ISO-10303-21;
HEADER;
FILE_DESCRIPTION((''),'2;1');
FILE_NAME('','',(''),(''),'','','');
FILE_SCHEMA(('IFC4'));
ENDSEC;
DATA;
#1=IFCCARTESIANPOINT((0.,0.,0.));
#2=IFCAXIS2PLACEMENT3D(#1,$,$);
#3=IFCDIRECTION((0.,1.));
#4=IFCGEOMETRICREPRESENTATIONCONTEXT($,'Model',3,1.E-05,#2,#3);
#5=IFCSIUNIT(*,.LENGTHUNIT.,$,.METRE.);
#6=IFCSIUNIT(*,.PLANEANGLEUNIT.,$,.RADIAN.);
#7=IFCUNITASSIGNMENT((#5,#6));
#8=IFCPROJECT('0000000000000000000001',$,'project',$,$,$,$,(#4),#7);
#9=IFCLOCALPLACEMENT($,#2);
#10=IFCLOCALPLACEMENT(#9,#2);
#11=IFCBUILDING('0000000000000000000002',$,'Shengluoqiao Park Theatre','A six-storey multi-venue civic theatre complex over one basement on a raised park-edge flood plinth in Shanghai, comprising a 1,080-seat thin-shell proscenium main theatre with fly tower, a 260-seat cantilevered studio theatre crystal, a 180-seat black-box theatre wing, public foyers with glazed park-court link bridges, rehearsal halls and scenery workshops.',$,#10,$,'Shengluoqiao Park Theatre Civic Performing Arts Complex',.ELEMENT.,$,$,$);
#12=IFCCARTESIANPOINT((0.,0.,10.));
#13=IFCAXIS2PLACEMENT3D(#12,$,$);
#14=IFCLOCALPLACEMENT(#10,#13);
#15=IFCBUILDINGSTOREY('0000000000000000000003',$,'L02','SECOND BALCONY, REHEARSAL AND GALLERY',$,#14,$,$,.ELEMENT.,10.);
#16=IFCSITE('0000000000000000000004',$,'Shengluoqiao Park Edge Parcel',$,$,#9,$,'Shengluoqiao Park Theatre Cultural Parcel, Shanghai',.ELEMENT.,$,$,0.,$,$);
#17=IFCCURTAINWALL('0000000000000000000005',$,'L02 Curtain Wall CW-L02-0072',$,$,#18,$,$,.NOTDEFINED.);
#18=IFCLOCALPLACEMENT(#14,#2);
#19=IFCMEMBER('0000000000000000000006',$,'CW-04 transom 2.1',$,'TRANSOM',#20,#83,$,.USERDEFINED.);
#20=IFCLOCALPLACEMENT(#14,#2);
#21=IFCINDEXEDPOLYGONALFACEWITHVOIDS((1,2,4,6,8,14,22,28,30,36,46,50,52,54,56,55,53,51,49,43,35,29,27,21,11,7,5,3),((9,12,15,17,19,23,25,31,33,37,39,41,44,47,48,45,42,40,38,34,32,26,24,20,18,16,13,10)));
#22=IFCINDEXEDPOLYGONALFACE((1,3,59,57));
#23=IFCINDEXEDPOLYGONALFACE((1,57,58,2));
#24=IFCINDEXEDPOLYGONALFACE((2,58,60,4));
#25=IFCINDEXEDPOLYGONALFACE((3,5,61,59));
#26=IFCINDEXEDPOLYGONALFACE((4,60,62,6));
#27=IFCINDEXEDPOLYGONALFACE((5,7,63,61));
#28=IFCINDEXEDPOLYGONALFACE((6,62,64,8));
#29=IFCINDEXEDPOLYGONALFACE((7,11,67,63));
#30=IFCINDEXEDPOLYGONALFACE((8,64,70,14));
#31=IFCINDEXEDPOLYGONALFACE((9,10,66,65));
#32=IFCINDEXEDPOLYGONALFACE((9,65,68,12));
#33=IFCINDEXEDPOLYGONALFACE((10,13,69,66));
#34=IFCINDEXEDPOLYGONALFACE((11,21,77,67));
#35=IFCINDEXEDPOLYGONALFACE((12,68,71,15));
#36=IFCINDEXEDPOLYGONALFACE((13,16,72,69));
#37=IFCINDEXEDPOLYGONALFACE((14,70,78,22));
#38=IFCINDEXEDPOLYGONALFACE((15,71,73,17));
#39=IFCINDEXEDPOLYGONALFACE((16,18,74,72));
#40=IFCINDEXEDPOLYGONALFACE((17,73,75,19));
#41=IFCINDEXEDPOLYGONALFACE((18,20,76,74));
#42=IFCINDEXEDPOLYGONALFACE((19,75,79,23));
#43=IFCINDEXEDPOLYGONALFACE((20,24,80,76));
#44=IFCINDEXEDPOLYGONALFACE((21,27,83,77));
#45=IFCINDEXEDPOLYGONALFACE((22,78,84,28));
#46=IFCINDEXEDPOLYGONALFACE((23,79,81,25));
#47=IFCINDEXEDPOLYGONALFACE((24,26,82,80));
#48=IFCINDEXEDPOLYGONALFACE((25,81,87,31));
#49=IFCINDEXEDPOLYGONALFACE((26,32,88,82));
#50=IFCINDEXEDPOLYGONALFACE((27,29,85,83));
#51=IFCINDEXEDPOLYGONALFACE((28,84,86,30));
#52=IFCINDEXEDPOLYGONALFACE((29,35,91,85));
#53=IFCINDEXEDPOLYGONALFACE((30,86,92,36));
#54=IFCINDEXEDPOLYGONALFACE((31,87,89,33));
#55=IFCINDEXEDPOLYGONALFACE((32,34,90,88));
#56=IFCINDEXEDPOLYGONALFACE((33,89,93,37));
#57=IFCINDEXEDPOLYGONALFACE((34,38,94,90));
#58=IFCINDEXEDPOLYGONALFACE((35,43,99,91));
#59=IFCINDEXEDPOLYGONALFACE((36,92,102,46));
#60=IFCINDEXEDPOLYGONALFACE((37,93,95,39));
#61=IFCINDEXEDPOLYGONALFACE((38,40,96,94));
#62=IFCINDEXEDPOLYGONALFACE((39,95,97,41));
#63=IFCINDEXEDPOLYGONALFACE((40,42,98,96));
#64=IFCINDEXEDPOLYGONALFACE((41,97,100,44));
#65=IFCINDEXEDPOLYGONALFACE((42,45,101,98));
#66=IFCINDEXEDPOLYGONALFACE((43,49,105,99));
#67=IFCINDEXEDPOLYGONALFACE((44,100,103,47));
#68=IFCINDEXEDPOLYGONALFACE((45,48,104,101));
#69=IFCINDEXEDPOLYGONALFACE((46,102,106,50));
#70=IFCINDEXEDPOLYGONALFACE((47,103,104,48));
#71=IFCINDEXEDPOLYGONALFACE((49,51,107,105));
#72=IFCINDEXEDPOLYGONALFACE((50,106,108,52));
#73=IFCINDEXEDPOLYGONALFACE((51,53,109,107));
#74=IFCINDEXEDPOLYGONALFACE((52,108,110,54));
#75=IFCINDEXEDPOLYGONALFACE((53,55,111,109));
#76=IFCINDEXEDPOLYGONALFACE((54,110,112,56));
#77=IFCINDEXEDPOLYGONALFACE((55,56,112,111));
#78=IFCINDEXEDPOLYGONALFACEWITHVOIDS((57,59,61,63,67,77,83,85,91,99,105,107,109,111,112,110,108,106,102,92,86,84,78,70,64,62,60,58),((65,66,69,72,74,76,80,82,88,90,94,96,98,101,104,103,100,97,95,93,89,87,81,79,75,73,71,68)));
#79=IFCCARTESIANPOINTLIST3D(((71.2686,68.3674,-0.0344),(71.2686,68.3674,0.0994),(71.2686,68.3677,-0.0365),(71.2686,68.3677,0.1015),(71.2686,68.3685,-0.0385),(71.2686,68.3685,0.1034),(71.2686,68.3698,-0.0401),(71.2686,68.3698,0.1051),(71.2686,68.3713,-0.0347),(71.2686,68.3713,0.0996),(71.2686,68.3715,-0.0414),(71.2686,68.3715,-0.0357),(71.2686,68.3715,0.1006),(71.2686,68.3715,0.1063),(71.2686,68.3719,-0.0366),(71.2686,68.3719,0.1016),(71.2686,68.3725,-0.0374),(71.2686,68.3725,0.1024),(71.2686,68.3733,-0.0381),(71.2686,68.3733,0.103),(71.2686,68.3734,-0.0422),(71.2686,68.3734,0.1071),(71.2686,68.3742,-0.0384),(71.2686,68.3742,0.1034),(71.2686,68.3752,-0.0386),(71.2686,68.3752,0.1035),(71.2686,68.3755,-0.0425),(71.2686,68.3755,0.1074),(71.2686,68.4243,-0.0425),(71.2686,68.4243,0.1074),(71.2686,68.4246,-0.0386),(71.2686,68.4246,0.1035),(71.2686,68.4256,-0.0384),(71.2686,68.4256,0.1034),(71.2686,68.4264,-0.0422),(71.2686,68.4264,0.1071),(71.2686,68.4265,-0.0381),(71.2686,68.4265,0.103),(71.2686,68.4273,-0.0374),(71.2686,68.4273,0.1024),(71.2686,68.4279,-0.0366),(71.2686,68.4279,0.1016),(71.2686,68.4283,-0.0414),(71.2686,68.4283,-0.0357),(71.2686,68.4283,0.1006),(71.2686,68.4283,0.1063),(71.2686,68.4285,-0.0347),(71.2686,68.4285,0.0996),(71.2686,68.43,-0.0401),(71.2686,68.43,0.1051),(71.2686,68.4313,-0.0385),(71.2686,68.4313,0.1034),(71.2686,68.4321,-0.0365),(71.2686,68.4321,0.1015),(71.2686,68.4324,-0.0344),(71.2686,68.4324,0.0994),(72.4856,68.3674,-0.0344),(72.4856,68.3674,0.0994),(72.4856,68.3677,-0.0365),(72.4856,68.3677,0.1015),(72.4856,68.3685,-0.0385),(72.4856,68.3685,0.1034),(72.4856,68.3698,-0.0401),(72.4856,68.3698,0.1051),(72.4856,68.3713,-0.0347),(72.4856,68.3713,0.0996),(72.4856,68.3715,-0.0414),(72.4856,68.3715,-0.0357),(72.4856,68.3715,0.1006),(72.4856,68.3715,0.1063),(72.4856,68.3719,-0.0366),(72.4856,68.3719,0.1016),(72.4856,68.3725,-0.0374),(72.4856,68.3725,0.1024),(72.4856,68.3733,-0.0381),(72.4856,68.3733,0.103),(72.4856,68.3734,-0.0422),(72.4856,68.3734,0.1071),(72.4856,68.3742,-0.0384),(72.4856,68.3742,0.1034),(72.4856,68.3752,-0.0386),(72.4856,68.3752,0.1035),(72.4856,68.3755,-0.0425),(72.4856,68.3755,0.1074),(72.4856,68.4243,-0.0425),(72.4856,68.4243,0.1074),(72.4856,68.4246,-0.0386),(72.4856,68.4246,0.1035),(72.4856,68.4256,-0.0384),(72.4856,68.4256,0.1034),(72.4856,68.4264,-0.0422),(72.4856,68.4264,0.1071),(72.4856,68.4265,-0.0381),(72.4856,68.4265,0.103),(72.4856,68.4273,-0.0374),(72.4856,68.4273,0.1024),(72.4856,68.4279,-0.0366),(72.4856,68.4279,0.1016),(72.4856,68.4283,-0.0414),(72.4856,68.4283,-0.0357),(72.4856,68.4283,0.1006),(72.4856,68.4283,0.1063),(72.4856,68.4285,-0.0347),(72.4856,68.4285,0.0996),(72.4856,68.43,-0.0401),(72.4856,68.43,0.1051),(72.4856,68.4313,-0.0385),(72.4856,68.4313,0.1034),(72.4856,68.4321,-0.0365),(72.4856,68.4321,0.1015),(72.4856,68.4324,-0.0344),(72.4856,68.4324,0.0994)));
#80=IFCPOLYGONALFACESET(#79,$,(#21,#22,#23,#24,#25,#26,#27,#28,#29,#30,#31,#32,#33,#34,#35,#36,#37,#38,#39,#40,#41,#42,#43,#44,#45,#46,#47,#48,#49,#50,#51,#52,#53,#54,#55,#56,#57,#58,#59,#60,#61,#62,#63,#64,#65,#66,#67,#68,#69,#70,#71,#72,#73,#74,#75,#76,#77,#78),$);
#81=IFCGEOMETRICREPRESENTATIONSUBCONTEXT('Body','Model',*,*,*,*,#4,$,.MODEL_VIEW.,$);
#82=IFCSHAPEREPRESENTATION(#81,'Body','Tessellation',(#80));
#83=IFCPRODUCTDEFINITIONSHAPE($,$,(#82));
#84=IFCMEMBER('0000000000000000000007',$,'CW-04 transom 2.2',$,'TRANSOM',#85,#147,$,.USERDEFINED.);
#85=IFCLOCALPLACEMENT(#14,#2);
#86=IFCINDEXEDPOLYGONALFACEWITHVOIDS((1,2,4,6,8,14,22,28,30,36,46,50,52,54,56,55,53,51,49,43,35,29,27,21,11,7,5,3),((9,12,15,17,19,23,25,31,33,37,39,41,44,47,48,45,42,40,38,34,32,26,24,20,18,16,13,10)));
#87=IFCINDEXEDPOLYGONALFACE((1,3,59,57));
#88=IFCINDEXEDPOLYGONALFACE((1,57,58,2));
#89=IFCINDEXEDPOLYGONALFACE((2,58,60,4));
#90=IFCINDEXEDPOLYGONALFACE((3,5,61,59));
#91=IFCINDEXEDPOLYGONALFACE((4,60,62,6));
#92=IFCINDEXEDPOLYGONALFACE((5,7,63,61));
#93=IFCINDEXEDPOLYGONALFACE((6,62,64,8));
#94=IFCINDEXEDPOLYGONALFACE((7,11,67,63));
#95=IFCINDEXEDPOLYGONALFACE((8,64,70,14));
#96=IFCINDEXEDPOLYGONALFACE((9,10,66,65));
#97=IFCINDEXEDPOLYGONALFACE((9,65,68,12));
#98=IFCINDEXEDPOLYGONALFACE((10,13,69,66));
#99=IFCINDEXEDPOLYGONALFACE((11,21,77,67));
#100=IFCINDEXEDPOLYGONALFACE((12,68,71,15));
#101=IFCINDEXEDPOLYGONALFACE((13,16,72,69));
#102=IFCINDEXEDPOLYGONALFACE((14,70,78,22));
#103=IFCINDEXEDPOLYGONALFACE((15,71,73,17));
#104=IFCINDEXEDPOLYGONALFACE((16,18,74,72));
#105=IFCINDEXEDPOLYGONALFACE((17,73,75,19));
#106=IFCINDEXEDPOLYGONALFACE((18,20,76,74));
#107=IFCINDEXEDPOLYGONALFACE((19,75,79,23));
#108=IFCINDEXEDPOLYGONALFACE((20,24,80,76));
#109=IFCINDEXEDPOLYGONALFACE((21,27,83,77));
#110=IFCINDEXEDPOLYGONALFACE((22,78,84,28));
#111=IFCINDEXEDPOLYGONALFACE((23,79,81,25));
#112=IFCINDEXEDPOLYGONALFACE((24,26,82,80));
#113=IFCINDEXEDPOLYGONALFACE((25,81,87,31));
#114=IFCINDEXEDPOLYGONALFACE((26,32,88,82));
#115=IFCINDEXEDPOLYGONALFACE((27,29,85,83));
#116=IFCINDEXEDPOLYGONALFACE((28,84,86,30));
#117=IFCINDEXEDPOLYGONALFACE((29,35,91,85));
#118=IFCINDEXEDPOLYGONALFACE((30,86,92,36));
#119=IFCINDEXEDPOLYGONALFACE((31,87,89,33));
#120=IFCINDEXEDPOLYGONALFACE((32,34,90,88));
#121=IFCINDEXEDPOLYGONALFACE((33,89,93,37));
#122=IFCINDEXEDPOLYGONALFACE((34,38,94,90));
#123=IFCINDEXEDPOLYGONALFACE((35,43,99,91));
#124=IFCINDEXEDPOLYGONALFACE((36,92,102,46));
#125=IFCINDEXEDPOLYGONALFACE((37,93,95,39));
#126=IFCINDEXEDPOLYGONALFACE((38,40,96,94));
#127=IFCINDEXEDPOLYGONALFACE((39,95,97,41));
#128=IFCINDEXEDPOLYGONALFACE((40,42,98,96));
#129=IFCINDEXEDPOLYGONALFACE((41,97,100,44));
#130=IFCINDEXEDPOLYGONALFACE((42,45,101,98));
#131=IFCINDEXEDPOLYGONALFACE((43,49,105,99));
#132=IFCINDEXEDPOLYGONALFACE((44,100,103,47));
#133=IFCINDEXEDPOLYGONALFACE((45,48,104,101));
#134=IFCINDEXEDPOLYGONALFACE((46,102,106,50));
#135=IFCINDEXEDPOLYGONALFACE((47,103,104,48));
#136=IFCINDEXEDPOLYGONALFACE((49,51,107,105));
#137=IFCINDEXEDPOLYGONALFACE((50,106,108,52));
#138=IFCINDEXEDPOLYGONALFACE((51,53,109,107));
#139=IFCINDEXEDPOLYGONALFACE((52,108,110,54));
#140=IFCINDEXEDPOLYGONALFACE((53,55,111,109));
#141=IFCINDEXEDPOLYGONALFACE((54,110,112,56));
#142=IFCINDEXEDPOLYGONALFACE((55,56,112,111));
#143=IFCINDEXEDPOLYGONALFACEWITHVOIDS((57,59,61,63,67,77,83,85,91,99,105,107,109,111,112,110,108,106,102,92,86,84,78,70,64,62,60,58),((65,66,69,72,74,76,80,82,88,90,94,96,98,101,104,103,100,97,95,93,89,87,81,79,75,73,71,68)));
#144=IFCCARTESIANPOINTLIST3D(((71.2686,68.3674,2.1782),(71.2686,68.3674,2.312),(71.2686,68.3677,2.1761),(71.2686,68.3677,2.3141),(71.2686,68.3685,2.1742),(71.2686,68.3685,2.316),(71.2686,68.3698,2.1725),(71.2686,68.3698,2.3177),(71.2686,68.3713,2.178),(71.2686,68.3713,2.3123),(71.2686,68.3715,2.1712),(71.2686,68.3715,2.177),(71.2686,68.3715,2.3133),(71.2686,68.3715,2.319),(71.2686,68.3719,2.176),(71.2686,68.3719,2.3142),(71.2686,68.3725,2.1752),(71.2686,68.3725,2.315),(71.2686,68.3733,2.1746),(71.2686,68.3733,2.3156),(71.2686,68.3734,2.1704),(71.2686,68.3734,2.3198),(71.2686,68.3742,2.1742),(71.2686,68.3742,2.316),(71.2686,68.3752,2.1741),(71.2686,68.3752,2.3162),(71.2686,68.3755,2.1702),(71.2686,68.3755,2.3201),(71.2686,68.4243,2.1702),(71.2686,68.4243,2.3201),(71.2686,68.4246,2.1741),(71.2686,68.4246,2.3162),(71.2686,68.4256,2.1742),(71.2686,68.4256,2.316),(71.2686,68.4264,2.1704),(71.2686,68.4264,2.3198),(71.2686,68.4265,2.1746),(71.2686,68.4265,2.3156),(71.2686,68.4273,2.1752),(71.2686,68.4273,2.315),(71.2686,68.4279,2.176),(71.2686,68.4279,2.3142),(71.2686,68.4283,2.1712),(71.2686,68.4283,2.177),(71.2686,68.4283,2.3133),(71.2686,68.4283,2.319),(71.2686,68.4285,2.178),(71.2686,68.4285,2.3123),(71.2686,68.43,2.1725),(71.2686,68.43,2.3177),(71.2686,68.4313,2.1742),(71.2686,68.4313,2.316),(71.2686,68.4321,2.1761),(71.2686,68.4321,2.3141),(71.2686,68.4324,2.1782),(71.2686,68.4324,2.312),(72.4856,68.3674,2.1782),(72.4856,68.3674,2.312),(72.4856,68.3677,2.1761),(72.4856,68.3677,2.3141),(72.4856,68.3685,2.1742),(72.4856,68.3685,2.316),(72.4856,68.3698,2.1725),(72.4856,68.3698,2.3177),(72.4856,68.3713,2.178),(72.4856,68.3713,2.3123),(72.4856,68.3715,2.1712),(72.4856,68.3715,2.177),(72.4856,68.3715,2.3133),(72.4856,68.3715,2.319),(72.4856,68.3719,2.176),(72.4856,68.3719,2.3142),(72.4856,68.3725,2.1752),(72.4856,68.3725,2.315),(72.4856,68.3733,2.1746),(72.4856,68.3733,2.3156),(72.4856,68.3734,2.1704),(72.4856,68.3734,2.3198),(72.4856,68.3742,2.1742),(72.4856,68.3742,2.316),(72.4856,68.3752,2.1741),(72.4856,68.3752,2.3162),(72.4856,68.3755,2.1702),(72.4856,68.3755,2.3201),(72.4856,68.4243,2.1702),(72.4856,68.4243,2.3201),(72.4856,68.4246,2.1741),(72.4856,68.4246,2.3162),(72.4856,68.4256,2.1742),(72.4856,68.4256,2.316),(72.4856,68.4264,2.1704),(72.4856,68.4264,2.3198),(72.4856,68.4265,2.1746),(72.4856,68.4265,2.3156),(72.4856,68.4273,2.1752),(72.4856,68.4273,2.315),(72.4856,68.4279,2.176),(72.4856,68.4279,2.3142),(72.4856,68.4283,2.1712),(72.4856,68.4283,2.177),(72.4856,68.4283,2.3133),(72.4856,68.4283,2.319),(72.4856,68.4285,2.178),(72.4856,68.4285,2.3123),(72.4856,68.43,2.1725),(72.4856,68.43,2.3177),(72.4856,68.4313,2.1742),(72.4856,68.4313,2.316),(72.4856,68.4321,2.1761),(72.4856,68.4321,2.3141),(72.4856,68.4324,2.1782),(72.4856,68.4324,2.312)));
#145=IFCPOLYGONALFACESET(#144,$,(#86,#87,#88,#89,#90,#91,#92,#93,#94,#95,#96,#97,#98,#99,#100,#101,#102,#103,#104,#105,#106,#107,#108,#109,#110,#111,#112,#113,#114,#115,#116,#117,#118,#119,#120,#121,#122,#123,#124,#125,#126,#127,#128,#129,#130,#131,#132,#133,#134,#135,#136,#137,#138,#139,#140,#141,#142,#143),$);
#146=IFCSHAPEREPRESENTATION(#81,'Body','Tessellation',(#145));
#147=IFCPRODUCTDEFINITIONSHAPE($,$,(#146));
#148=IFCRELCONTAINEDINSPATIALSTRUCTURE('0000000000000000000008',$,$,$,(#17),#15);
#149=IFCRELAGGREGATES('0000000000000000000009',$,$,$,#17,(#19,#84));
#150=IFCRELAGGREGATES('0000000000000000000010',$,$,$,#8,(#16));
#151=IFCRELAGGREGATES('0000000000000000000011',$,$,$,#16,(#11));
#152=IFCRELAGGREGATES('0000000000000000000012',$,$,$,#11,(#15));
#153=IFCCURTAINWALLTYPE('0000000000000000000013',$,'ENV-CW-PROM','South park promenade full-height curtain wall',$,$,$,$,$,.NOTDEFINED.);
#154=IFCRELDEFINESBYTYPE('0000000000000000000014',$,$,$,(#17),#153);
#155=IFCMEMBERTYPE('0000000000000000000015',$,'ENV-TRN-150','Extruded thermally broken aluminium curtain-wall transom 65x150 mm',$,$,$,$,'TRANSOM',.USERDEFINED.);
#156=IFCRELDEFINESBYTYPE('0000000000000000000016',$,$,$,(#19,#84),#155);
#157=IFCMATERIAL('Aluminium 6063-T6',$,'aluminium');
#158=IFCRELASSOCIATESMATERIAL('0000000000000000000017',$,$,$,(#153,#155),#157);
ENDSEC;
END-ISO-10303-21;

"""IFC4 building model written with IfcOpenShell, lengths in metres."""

from ifc_helpers import new_model, si_unit, direction, frame, origin, origin_2d, place, context, subcontext, project, spatial, hollow_rectangle, extrude, material, material_profile, profile_set, type_object, element, aggregate, save


model = new_model("IFC4")

# Units and contexts
model_context = context("Model", 3, precision=1e-05, world=origin(), true_north=direction((0.0, 1.0)))
body_context = subcontext(model_context, "Body", "Model", "MODEL_VIEW")
ifc_project = project(units=[si_unit("LENGTHUNIT", "METRE"), si_unit("PLANEANGLEUNIT", "RADIAN")], contexts=[model_context])

# Site, building, storey
site_placement = place(None, origin())
site = spatial("IfcSite", under=ifc_project, at=site_placement, Name="Shengluoqiao Park Edge Parcel", LongName="Shengluoqiao Park Theatre Cultural Parcel, Shanghai", CompositionType="ELEMENT", RefElevation=0.0)
building_placement = place(site_placement, origin())
building = spatial("IfcBuilding", under=site, at=building_placement, Name="Shengluoqiao Park Theatre", Description="A six-storey multi-venue civic theatre complex over one basement on a raised park-edge flood plinth in Shanghai, comprising a 1,080-seat thin-shell proscenium main theatre with fly tower, a 260-seat cantilevered studio theatre crystal, a 180-seat black-box theatre wing, public foyers with glazed park-court link bridges, rehearsal halls and scenery workshops.", LongName="Shengluoqiao Park Theatre Civic Performing Arts Complex", CompositionType="ELEMENT")
storey_placement = place(building_placement, frame((0.0, 0.0, 10.0)))
storey = spatial("IfcBuildingStorey", under=building, at=storey_placement, Name="L02", Description="SECOND BALCONY, REHEARSAL AND GALLERY", CompositionType="ELEMENT", Elevation=10.0)

# Shared definitions
ifc_material_1 = material(Name="Aluminium 6063-T6", Category="aluminium")
curtain_wall_type = type_object("IfcCurtainWallType", Name="ENV-CW-PROM", Description="South park promenade full-height curtain wall", PredefinedType="NOTDEFINED", material=ifc_material_1)

# Curtain wall
curtain_wall_1_placement = place(storey_placement, origin())
curtain_wall_1 = element("IfcCurtainWall", 1, at=curtain_wall_1_placement, inside=storey, type_object=curtain_wall_type, Name="L02 Curtain Wall CW-L02-0072", PredefinedType="NOTDEFINED")

# Members
ifc_material_profile_1 = material_profile(ifc_material_1, hollow_rectangle(XDim=0.0649, YDim=0.1499, WallThickness=0.0039, InnerFilletRadius=0.0039, OuterFilletRadius=0.0081, at=origin_2d()), Name="ALU TRANSOM 150x65x4")
ifc_profile_set_1 = profile_set([ifc_material_profile_1], Name="Aluminium 6063-T6")
member_type_1 = type_object("IfcMemberType", Name="ENV-TRN-150", Description="Extruded thermally broken aluminium curtain-wall transom 65x150 mm", ElementType="TRANSOM", PredefinedType="USERDEFINED", material=ifc_profile_set_1)
member_1_placement = place(storey_placement, frame((71.2686, 68.3999, 0.0325), z_axis=(1.0, 0.0, 0.0), x_axis=(0.0, 1.0, 0.0)))
member_1 = element("IfcMember", 2, at=member_1_placement, type_object=member_type_1, Name="CW-04 transom 2.1", ObjectType="TRANSOM", PredefinedType="USERDEFINED", context=body_context, shape_type="SweptSolid", body=[
    extrude(hollow_rectangle(XDim=0.0649, YDim=0.1499, WallThickness=0.0039, InnerFilletRadius=0.0039, OuterFilletRadius=0.0081, at=origin_2d()), origin(), (0.0, 0.0, 1.0), 1.217),
])
member_2_placement = place(storey_placement, frame((71.2686, 68.3999, 2.2451), z_axis=(1.0, 0.0, 0.0), x_axis=(0.0, 1.0, 0.0)))
member_2 = element("IfcMember", 3, at=member_2_placement, type_object=member_type_1, Name="CW-04 transom 2.2", ObjectType="TRANSOM", PredefinedType="USERDEFINED", context=body_context, shape_type="SweptSolid", body=[
    extrude(hollow_rectangle(XDim=0.0649, YDim=0.1499, WallThickness=0.0039, InnerFilletRadius=0.0039, OuterFilletRadius=0.0081, at=origin_2d()), origin(), (0.0, 0.0, 1.0), 1.217),
])

aggregate(curtain_wall_1, [member_1, member_2])

save(model, "model.ifc")
